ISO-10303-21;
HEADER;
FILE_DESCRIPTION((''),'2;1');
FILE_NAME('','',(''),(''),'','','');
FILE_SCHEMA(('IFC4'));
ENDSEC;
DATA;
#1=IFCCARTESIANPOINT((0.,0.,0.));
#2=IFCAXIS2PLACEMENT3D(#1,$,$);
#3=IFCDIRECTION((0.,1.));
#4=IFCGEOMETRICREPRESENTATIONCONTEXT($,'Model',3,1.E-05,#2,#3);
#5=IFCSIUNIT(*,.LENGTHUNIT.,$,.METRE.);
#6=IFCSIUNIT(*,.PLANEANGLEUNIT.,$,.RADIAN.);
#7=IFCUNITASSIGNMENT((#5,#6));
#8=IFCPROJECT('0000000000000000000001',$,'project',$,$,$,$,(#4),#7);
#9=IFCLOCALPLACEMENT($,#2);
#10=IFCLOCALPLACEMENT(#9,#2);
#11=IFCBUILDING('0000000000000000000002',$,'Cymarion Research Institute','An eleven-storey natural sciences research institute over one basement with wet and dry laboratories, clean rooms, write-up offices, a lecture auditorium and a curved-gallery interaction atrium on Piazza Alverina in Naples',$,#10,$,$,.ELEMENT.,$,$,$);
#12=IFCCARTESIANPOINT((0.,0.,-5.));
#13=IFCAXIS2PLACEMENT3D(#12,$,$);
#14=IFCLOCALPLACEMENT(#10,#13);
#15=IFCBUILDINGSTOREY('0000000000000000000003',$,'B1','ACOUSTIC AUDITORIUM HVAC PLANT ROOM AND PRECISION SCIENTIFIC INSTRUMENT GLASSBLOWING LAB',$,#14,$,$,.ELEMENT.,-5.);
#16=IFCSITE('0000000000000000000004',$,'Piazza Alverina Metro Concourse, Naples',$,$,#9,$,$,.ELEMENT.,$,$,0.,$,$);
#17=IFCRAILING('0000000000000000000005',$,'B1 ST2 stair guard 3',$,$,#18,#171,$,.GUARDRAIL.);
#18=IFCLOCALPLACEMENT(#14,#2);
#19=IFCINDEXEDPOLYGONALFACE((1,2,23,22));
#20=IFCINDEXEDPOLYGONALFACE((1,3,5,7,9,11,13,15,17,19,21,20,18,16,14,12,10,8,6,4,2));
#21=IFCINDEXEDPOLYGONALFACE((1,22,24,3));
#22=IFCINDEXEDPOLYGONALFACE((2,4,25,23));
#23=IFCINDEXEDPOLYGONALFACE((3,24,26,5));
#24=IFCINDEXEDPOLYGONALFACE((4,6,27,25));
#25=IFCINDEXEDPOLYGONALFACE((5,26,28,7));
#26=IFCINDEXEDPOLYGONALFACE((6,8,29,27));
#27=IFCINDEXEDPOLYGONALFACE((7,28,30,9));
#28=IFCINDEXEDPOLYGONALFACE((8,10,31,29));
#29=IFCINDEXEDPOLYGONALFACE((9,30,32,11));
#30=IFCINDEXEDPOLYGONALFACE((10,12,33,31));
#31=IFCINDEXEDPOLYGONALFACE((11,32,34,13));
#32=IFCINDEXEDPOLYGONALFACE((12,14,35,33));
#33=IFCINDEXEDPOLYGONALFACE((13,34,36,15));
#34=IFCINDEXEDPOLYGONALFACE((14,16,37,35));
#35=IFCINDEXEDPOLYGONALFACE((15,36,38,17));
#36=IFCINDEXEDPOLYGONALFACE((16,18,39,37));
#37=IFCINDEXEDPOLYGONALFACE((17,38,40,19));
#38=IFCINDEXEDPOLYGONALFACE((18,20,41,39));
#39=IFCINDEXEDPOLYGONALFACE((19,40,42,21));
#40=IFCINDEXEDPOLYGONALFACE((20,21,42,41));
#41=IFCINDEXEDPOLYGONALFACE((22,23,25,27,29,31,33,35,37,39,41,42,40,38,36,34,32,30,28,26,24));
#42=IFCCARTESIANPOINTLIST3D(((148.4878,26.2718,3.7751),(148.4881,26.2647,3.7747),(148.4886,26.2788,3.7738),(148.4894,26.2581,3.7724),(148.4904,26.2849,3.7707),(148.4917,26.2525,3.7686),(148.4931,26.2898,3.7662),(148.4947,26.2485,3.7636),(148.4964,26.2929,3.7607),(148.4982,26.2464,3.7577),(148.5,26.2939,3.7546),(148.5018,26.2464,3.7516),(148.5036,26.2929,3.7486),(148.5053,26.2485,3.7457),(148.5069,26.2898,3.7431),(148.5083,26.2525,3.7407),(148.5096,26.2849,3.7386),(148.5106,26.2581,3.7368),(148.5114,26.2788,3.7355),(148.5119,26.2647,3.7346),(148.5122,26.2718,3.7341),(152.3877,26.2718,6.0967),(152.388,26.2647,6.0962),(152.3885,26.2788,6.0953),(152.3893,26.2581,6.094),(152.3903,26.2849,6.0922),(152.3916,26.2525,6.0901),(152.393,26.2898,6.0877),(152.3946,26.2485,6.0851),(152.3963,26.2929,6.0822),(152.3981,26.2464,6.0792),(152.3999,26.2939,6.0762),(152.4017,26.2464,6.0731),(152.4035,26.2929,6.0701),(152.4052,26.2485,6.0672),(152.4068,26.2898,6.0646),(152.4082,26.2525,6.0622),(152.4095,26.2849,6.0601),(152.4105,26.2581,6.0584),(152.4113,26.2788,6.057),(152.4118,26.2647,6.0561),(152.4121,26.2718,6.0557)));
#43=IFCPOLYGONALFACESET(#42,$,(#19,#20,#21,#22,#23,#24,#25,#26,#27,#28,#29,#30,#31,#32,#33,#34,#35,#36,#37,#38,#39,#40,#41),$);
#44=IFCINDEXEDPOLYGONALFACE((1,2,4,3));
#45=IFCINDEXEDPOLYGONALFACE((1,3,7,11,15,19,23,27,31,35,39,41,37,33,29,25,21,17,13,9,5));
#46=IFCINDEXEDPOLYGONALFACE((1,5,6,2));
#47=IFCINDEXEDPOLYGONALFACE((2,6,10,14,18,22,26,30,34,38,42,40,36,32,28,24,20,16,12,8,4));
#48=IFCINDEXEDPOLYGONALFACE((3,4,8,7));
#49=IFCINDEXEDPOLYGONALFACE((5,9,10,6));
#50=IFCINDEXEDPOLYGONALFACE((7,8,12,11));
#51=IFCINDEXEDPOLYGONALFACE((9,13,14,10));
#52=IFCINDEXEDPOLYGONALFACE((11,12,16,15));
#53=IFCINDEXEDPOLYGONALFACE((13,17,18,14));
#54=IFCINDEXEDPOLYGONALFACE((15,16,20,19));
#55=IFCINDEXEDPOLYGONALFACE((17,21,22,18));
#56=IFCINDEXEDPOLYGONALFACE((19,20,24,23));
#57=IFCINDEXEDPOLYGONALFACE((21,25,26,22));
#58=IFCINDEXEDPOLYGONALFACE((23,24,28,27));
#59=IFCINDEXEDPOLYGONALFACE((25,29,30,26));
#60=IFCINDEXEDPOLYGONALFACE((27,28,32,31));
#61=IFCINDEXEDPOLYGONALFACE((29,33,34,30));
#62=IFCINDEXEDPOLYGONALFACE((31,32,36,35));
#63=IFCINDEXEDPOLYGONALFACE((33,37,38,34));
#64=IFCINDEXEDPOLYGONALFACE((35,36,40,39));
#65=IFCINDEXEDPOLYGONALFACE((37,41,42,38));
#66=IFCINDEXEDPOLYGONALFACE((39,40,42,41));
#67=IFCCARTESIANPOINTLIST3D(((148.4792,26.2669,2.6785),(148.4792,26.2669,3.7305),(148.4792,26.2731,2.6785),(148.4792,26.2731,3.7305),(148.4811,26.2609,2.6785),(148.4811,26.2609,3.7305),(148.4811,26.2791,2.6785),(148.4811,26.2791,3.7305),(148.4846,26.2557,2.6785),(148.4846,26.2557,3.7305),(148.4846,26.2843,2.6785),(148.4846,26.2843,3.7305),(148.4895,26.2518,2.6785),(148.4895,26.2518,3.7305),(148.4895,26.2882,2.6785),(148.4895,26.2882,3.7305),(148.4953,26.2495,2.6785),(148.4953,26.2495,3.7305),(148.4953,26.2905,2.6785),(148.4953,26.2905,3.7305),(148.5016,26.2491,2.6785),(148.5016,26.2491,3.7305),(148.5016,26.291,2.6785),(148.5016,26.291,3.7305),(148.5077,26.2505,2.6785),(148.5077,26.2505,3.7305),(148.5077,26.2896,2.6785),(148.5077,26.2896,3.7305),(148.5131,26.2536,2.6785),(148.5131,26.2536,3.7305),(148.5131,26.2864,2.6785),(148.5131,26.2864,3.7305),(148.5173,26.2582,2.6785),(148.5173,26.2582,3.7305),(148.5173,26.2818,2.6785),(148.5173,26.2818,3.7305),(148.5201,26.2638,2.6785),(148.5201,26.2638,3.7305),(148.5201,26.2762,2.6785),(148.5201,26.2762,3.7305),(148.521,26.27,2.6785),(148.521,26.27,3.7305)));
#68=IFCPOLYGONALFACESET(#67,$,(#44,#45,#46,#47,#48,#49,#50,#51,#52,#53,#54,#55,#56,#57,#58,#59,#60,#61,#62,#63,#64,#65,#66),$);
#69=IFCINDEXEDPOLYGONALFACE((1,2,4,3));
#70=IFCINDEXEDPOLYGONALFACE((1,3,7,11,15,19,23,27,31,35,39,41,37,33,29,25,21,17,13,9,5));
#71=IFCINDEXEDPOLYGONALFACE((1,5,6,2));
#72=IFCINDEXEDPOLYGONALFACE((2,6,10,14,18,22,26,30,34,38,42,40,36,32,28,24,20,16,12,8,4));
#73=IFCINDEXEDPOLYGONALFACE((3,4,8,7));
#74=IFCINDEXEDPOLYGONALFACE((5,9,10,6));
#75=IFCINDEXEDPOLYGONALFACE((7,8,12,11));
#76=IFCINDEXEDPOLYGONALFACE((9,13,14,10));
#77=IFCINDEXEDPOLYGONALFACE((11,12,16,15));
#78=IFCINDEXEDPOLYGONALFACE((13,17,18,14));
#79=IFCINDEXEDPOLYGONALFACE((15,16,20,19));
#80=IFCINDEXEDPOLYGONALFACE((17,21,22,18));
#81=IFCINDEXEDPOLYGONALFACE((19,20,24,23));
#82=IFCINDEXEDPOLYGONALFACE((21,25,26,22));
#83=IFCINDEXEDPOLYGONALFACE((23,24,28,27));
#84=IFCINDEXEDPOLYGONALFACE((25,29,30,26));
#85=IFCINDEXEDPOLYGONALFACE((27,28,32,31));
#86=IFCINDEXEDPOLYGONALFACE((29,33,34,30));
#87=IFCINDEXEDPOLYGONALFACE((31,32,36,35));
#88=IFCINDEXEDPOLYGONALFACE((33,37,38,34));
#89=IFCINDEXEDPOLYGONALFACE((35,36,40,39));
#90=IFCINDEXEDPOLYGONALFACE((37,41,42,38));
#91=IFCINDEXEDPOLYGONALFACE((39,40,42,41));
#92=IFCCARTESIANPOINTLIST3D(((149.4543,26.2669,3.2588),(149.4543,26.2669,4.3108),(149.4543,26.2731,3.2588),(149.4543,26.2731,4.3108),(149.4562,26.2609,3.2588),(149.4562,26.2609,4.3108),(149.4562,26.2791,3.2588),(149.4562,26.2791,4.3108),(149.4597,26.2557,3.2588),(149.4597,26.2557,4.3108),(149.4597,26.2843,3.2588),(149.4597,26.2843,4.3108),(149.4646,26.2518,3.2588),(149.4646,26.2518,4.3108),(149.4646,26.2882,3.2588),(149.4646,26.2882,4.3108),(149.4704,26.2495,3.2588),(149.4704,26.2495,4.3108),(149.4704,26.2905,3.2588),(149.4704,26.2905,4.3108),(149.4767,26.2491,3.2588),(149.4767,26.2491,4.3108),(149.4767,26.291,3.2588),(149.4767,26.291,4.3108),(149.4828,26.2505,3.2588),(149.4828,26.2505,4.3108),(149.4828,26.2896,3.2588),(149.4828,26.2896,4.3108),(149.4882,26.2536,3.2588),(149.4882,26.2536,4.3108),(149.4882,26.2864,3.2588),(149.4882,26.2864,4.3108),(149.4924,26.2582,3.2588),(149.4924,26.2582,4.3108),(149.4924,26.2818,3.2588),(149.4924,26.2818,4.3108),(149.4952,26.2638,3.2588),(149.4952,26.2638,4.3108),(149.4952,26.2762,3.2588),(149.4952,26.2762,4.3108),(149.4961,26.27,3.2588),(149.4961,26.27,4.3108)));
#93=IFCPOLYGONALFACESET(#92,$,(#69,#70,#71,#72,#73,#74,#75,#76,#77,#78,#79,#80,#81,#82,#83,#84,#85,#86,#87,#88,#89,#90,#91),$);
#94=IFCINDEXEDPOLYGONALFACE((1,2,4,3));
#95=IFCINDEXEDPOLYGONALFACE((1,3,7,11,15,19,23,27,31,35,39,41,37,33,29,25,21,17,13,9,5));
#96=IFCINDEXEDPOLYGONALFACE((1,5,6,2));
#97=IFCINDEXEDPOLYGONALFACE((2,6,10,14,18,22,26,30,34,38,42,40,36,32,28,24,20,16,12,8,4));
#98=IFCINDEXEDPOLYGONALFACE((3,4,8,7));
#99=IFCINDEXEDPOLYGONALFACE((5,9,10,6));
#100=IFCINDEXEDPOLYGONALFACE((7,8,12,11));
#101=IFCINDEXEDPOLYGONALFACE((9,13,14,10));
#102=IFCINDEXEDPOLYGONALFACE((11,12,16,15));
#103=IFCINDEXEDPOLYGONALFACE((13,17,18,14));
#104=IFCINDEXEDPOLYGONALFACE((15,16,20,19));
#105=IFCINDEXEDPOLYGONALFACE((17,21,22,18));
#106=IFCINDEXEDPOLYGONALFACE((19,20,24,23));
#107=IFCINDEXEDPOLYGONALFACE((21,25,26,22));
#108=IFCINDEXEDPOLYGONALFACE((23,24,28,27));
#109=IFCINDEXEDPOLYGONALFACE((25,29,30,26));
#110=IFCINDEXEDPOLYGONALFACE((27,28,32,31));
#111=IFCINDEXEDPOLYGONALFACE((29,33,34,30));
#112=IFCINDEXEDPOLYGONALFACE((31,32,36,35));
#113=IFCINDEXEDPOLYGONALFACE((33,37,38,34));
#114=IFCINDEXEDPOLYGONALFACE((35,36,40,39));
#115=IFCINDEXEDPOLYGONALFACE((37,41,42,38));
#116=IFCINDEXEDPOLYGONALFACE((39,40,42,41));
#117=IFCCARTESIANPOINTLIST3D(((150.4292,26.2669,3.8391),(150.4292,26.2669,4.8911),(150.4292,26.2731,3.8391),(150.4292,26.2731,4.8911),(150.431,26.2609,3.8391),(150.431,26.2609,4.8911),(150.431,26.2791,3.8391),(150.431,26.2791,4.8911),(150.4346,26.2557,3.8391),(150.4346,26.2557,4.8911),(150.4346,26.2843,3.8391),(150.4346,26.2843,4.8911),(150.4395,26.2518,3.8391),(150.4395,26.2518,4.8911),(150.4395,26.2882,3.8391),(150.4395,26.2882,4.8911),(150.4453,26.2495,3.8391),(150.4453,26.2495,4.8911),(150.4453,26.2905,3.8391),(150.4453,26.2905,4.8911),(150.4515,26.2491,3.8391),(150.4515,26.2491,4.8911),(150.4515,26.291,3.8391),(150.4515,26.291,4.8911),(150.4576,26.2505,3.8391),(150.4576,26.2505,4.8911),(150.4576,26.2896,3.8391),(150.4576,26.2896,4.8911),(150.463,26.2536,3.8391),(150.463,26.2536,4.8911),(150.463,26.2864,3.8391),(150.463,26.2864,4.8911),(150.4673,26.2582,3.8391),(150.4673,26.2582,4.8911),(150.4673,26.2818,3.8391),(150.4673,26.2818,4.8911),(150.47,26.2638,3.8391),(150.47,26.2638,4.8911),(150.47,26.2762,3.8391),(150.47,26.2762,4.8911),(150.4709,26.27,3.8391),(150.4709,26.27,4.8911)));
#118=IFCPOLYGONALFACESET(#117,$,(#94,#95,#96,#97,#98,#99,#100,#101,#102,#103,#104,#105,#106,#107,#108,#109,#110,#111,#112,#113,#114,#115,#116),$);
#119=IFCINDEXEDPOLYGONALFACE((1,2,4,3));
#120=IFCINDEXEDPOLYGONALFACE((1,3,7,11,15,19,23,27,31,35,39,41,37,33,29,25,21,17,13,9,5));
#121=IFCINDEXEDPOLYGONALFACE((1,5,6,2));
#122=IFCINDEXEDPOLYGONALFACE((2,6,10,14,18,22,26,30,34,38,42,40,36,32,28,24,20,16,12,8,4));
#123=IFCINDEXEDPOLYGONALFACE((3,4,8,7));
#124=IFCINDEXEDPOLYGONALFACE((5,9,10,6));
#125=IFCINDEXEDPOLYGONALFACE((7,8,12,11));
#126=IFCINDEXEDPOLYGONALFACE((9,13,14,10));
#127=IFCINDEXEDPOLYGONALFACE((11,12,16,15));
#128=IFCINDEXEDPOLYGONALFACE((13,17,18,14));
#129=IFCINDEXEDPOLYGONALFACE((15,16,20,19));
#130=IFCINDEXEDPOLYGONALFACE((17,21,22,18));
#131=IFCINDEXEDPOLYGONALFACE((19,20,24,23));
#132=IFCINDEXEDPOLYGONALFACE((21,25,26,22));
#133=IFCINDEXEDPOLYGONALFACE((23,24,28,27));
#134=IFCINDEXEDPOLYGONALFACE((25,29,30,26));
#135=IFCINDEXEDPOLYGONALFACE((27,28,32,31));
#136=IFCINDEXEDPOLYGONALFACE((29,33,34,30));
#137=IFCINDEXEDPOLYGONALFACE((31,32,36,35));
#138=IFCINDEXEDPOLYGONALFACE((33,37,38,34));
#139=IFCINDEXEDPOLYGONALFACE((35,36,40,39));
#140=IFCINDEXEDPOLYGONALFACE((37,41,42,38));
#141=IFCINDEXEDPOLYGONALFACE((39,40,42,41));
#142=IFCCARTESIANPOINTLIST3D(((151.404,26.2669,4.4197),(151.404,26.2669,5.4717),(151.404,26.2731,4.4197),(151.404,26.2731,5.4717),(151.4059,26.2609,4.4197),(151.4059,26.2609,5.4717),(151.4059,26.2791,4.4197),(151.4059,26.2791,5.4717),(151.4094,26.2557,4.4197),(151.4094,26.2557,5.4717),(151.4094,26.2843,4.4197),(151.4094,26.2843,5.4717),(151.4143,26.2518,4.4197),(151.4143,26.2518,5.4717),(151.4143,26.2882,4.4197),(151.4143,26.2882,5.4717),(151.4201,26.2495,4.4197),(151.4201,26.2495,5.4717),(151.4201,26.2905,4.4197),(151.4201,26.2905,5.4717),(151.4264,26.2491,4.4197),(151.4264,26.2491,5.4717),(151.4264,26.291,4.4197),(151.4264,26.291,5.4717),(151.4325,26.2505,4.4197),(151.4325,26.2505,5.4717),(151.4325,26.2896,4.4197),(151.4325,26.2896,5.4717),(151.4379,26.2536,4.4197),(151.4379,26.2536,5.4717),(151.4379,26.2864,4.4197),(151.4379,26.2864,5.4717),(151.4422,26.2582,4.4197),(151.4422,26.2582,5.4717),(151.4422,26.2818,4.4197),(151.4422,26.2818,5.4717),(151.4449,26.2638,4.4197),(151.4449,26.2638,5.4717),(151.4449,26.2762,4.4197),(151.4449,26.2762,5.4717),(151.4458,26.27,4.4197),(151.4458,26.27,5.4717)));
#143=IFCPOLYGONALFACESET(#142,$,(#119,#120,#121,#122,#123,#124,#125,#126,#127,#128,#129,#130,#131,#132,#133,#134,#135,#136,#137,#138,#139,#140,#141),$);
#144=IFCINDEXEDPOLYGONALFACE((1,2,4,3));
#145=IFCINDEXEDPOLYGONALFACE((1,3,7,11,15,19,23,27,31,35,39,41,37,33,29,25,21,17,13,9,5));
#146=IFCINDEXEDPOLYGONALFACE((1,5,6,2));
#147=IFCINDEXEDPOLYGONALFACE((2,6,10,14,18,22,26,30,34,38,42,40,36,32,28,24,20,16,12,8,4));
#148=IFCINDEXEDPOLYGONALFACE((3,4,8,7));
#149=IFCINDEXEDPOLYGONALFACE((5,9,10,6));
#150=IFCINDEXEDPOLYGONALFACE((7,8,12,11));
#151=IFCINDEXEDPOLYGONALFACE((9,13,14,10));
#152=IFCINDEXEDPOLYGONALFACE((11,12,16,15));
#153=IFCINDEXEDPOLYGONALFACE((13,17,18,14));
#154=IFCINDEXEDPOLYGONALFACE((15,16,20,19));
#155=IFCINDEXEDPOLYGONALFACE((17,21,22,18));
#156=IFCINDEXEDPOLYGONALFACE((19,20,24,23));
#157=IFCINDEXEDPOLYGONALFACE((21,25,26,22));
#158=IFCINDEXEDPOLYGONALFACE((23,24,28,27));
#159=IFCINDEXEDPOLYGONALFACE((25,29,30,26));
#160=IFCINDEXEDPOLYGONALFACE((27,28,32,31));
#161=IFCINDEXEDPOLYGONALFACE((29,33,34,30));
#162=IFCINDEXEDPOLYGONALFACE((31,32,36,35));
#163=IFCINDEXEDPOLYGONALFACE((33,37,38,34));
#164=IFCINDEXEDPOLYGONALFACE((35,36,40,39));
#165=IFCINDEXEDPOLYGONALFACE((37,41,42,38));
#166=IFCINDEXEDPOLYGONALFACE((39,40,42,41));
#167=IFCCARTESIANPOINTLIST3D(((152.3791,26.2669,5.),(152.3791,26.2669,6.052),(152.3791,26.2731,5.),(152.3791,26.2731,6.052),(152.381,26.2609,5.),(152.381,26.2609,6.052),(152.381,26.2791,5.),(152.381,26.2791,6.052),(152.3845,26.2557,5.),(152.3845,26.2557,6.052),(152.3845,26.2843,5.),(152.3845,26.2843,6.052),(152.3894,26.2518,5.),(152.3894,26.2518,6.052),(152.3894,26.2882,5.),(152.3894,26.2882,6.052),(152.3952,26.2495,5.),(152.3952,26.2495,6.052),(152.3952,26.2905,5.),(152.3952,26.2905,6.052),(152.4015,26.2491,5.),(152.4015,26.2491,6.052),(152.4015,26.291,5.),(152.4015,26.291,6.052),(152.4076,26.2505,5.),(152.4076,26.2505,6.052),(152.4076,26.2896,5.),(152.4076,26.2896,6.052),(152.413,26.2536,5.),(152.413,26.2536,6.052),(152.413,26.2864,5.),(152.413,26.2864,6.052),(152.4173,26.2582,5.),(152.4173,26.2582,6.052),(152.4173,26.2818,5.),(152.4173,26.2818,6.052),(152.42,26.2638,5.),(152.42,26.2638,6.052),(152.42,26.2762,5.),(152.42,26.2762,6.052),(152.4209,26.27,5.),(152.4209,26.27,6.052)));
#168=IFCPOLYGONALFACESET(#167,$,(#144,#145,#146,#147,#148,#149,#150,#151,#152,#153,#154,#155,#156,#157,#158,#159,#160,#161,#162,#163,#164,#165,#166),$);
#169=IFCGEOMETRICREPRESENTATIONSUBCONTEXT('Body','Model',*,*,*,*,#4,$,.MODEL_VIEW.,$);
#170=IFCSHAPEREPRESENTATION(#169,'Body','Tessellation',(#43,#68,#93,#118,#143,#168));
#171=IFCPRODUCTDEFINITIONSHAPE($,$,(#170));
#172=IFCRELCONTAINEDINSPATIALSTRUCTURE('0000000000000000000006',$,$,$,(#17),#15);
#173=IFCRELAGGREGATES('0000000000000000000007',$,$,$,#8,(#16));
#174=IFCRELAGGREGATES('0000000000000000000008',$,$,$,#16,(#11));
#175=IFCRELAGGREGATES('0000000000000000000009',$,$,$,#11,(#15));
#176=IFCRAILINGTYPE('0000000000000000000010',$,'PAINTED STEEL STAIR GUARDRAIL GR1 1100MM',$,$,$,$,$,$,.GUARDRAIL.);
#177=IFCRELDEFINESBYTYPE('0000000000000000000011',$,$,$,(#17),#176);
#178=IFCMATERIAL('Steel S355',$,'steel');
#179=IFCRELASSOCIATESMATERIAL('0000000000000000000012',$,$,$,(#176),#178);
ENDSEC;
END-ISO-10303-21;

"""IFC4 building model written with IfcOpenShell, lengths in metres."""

from ifc_helpers import new_model, si_unit, direction, frame, origin, origin_2d, place, context, subcontext, project, spatial, circle, extrude, material, type_object, element, save


model = new_model("IFC4")

# Units and contexts
model_context = context("Model", 3, precision=1e-05, world=origin(), true_north=direction((0.0, 1.0)))
body_context = subcontext(model_context, "Body", "Model", "MODEL_VIEW")
ifc_project = project(units=[si_unit("LENGTHUNIT", "METRE"), si_unit("PLANEANGLEUNIT", "RADIAN")], contexts=[model_context])

# Site, building, storey
site_placement = place(None, origin())
site = spatial("IfcSite", under=ifc_project, at=site_placement, Name="Piazza Alverina Metro Concourse, Naples", CompositionType="ELEMENT", RefElevation=0.0)
building_placement = place(site_placement, origin())
building = spatial("IfcBuilding", under=site, at=building_placement, Name="Cymarion Research Institute", Description="An eleven-storey natural sciences research institute over one basement with wet and dry laboratories, clean rooms, write-up offices, a lecture auditorium and a curved-gallery interaction atrium on Piazza Alverina in Naples", CompositionType="ELEMENT")
storey_placement = place(building_placement, frame((0.0, 0.0, -5.0)))
storey = spatial("IfcBuildingStorey", under=building, at=storey_placement, Name="B1", Description="ACOUSTIC AUDITORIUM HVAC PLANT ROOM AND PRECISION SCIENTIFIC INSTRUMENT GLASSBLOWING LAB", CompositionType="ELEMENT", Elevation=-5.0)

# Shared definitions
ifc_material_1 = material(Name="Steel S355", Category="steel")

# Railing
railing_type_1 = type_object("IfcRailingType", Name="PAINTED STEEL STAIR GUARDRAIL GR1 1100MM", PredefinedType="GUARDRAIL", material=ifc_material_1)
railing_1_placement = place(storey_placement, frame((148.5, 26.27, 2.6785)))
element("IfcRailing", 1, at=railing_1_placement, inside=storey, type_object=railing_type_1, Name="B1 ST2 stair guard 3", PredefinedType="GUARDRAIL", context=body_context, shape_type="SweptSolid", body=[
    extrude(circle(Radius=0.0239, at=origin_2d()), frame((0.0, 0.0, 1.0762), z_axis=(0.859277, 0.0, 0.51151), x_axis=(0.0, 1.0, 0.0)), (0.0, 0.0, 1.0), 4.5386),
    extrude(circle(Radius=0.021, at=origin_2d()), origin(), (0.0, 0.0, 1.0), 1.052),
    extrude(circle(Radius=0.021, at=origin_2d()), frame((0.9751, 0.0, 0.5803)), (0.0, 0.0, 1.0), 1.052),
    extrude(circle(Radius=0.021, at=origin_2d()), frame((1.95, 0.0, 1.1606)), (0.0, 0.0, 1.0), 1.052),
    extrude(circle(Radius=0.021, at=origin_2d()), frame((2.9248, 0.0, 1.7412)), (0.0, 0.0, 1.0), 1.052),
    extrude(circle(Radius=0.021, at=origin_2d()), frame((3.8999, 0.0, 2.3215)), (0.0, 0.0, 1.0), 1.052),
])

save(model, "model.ifc")
